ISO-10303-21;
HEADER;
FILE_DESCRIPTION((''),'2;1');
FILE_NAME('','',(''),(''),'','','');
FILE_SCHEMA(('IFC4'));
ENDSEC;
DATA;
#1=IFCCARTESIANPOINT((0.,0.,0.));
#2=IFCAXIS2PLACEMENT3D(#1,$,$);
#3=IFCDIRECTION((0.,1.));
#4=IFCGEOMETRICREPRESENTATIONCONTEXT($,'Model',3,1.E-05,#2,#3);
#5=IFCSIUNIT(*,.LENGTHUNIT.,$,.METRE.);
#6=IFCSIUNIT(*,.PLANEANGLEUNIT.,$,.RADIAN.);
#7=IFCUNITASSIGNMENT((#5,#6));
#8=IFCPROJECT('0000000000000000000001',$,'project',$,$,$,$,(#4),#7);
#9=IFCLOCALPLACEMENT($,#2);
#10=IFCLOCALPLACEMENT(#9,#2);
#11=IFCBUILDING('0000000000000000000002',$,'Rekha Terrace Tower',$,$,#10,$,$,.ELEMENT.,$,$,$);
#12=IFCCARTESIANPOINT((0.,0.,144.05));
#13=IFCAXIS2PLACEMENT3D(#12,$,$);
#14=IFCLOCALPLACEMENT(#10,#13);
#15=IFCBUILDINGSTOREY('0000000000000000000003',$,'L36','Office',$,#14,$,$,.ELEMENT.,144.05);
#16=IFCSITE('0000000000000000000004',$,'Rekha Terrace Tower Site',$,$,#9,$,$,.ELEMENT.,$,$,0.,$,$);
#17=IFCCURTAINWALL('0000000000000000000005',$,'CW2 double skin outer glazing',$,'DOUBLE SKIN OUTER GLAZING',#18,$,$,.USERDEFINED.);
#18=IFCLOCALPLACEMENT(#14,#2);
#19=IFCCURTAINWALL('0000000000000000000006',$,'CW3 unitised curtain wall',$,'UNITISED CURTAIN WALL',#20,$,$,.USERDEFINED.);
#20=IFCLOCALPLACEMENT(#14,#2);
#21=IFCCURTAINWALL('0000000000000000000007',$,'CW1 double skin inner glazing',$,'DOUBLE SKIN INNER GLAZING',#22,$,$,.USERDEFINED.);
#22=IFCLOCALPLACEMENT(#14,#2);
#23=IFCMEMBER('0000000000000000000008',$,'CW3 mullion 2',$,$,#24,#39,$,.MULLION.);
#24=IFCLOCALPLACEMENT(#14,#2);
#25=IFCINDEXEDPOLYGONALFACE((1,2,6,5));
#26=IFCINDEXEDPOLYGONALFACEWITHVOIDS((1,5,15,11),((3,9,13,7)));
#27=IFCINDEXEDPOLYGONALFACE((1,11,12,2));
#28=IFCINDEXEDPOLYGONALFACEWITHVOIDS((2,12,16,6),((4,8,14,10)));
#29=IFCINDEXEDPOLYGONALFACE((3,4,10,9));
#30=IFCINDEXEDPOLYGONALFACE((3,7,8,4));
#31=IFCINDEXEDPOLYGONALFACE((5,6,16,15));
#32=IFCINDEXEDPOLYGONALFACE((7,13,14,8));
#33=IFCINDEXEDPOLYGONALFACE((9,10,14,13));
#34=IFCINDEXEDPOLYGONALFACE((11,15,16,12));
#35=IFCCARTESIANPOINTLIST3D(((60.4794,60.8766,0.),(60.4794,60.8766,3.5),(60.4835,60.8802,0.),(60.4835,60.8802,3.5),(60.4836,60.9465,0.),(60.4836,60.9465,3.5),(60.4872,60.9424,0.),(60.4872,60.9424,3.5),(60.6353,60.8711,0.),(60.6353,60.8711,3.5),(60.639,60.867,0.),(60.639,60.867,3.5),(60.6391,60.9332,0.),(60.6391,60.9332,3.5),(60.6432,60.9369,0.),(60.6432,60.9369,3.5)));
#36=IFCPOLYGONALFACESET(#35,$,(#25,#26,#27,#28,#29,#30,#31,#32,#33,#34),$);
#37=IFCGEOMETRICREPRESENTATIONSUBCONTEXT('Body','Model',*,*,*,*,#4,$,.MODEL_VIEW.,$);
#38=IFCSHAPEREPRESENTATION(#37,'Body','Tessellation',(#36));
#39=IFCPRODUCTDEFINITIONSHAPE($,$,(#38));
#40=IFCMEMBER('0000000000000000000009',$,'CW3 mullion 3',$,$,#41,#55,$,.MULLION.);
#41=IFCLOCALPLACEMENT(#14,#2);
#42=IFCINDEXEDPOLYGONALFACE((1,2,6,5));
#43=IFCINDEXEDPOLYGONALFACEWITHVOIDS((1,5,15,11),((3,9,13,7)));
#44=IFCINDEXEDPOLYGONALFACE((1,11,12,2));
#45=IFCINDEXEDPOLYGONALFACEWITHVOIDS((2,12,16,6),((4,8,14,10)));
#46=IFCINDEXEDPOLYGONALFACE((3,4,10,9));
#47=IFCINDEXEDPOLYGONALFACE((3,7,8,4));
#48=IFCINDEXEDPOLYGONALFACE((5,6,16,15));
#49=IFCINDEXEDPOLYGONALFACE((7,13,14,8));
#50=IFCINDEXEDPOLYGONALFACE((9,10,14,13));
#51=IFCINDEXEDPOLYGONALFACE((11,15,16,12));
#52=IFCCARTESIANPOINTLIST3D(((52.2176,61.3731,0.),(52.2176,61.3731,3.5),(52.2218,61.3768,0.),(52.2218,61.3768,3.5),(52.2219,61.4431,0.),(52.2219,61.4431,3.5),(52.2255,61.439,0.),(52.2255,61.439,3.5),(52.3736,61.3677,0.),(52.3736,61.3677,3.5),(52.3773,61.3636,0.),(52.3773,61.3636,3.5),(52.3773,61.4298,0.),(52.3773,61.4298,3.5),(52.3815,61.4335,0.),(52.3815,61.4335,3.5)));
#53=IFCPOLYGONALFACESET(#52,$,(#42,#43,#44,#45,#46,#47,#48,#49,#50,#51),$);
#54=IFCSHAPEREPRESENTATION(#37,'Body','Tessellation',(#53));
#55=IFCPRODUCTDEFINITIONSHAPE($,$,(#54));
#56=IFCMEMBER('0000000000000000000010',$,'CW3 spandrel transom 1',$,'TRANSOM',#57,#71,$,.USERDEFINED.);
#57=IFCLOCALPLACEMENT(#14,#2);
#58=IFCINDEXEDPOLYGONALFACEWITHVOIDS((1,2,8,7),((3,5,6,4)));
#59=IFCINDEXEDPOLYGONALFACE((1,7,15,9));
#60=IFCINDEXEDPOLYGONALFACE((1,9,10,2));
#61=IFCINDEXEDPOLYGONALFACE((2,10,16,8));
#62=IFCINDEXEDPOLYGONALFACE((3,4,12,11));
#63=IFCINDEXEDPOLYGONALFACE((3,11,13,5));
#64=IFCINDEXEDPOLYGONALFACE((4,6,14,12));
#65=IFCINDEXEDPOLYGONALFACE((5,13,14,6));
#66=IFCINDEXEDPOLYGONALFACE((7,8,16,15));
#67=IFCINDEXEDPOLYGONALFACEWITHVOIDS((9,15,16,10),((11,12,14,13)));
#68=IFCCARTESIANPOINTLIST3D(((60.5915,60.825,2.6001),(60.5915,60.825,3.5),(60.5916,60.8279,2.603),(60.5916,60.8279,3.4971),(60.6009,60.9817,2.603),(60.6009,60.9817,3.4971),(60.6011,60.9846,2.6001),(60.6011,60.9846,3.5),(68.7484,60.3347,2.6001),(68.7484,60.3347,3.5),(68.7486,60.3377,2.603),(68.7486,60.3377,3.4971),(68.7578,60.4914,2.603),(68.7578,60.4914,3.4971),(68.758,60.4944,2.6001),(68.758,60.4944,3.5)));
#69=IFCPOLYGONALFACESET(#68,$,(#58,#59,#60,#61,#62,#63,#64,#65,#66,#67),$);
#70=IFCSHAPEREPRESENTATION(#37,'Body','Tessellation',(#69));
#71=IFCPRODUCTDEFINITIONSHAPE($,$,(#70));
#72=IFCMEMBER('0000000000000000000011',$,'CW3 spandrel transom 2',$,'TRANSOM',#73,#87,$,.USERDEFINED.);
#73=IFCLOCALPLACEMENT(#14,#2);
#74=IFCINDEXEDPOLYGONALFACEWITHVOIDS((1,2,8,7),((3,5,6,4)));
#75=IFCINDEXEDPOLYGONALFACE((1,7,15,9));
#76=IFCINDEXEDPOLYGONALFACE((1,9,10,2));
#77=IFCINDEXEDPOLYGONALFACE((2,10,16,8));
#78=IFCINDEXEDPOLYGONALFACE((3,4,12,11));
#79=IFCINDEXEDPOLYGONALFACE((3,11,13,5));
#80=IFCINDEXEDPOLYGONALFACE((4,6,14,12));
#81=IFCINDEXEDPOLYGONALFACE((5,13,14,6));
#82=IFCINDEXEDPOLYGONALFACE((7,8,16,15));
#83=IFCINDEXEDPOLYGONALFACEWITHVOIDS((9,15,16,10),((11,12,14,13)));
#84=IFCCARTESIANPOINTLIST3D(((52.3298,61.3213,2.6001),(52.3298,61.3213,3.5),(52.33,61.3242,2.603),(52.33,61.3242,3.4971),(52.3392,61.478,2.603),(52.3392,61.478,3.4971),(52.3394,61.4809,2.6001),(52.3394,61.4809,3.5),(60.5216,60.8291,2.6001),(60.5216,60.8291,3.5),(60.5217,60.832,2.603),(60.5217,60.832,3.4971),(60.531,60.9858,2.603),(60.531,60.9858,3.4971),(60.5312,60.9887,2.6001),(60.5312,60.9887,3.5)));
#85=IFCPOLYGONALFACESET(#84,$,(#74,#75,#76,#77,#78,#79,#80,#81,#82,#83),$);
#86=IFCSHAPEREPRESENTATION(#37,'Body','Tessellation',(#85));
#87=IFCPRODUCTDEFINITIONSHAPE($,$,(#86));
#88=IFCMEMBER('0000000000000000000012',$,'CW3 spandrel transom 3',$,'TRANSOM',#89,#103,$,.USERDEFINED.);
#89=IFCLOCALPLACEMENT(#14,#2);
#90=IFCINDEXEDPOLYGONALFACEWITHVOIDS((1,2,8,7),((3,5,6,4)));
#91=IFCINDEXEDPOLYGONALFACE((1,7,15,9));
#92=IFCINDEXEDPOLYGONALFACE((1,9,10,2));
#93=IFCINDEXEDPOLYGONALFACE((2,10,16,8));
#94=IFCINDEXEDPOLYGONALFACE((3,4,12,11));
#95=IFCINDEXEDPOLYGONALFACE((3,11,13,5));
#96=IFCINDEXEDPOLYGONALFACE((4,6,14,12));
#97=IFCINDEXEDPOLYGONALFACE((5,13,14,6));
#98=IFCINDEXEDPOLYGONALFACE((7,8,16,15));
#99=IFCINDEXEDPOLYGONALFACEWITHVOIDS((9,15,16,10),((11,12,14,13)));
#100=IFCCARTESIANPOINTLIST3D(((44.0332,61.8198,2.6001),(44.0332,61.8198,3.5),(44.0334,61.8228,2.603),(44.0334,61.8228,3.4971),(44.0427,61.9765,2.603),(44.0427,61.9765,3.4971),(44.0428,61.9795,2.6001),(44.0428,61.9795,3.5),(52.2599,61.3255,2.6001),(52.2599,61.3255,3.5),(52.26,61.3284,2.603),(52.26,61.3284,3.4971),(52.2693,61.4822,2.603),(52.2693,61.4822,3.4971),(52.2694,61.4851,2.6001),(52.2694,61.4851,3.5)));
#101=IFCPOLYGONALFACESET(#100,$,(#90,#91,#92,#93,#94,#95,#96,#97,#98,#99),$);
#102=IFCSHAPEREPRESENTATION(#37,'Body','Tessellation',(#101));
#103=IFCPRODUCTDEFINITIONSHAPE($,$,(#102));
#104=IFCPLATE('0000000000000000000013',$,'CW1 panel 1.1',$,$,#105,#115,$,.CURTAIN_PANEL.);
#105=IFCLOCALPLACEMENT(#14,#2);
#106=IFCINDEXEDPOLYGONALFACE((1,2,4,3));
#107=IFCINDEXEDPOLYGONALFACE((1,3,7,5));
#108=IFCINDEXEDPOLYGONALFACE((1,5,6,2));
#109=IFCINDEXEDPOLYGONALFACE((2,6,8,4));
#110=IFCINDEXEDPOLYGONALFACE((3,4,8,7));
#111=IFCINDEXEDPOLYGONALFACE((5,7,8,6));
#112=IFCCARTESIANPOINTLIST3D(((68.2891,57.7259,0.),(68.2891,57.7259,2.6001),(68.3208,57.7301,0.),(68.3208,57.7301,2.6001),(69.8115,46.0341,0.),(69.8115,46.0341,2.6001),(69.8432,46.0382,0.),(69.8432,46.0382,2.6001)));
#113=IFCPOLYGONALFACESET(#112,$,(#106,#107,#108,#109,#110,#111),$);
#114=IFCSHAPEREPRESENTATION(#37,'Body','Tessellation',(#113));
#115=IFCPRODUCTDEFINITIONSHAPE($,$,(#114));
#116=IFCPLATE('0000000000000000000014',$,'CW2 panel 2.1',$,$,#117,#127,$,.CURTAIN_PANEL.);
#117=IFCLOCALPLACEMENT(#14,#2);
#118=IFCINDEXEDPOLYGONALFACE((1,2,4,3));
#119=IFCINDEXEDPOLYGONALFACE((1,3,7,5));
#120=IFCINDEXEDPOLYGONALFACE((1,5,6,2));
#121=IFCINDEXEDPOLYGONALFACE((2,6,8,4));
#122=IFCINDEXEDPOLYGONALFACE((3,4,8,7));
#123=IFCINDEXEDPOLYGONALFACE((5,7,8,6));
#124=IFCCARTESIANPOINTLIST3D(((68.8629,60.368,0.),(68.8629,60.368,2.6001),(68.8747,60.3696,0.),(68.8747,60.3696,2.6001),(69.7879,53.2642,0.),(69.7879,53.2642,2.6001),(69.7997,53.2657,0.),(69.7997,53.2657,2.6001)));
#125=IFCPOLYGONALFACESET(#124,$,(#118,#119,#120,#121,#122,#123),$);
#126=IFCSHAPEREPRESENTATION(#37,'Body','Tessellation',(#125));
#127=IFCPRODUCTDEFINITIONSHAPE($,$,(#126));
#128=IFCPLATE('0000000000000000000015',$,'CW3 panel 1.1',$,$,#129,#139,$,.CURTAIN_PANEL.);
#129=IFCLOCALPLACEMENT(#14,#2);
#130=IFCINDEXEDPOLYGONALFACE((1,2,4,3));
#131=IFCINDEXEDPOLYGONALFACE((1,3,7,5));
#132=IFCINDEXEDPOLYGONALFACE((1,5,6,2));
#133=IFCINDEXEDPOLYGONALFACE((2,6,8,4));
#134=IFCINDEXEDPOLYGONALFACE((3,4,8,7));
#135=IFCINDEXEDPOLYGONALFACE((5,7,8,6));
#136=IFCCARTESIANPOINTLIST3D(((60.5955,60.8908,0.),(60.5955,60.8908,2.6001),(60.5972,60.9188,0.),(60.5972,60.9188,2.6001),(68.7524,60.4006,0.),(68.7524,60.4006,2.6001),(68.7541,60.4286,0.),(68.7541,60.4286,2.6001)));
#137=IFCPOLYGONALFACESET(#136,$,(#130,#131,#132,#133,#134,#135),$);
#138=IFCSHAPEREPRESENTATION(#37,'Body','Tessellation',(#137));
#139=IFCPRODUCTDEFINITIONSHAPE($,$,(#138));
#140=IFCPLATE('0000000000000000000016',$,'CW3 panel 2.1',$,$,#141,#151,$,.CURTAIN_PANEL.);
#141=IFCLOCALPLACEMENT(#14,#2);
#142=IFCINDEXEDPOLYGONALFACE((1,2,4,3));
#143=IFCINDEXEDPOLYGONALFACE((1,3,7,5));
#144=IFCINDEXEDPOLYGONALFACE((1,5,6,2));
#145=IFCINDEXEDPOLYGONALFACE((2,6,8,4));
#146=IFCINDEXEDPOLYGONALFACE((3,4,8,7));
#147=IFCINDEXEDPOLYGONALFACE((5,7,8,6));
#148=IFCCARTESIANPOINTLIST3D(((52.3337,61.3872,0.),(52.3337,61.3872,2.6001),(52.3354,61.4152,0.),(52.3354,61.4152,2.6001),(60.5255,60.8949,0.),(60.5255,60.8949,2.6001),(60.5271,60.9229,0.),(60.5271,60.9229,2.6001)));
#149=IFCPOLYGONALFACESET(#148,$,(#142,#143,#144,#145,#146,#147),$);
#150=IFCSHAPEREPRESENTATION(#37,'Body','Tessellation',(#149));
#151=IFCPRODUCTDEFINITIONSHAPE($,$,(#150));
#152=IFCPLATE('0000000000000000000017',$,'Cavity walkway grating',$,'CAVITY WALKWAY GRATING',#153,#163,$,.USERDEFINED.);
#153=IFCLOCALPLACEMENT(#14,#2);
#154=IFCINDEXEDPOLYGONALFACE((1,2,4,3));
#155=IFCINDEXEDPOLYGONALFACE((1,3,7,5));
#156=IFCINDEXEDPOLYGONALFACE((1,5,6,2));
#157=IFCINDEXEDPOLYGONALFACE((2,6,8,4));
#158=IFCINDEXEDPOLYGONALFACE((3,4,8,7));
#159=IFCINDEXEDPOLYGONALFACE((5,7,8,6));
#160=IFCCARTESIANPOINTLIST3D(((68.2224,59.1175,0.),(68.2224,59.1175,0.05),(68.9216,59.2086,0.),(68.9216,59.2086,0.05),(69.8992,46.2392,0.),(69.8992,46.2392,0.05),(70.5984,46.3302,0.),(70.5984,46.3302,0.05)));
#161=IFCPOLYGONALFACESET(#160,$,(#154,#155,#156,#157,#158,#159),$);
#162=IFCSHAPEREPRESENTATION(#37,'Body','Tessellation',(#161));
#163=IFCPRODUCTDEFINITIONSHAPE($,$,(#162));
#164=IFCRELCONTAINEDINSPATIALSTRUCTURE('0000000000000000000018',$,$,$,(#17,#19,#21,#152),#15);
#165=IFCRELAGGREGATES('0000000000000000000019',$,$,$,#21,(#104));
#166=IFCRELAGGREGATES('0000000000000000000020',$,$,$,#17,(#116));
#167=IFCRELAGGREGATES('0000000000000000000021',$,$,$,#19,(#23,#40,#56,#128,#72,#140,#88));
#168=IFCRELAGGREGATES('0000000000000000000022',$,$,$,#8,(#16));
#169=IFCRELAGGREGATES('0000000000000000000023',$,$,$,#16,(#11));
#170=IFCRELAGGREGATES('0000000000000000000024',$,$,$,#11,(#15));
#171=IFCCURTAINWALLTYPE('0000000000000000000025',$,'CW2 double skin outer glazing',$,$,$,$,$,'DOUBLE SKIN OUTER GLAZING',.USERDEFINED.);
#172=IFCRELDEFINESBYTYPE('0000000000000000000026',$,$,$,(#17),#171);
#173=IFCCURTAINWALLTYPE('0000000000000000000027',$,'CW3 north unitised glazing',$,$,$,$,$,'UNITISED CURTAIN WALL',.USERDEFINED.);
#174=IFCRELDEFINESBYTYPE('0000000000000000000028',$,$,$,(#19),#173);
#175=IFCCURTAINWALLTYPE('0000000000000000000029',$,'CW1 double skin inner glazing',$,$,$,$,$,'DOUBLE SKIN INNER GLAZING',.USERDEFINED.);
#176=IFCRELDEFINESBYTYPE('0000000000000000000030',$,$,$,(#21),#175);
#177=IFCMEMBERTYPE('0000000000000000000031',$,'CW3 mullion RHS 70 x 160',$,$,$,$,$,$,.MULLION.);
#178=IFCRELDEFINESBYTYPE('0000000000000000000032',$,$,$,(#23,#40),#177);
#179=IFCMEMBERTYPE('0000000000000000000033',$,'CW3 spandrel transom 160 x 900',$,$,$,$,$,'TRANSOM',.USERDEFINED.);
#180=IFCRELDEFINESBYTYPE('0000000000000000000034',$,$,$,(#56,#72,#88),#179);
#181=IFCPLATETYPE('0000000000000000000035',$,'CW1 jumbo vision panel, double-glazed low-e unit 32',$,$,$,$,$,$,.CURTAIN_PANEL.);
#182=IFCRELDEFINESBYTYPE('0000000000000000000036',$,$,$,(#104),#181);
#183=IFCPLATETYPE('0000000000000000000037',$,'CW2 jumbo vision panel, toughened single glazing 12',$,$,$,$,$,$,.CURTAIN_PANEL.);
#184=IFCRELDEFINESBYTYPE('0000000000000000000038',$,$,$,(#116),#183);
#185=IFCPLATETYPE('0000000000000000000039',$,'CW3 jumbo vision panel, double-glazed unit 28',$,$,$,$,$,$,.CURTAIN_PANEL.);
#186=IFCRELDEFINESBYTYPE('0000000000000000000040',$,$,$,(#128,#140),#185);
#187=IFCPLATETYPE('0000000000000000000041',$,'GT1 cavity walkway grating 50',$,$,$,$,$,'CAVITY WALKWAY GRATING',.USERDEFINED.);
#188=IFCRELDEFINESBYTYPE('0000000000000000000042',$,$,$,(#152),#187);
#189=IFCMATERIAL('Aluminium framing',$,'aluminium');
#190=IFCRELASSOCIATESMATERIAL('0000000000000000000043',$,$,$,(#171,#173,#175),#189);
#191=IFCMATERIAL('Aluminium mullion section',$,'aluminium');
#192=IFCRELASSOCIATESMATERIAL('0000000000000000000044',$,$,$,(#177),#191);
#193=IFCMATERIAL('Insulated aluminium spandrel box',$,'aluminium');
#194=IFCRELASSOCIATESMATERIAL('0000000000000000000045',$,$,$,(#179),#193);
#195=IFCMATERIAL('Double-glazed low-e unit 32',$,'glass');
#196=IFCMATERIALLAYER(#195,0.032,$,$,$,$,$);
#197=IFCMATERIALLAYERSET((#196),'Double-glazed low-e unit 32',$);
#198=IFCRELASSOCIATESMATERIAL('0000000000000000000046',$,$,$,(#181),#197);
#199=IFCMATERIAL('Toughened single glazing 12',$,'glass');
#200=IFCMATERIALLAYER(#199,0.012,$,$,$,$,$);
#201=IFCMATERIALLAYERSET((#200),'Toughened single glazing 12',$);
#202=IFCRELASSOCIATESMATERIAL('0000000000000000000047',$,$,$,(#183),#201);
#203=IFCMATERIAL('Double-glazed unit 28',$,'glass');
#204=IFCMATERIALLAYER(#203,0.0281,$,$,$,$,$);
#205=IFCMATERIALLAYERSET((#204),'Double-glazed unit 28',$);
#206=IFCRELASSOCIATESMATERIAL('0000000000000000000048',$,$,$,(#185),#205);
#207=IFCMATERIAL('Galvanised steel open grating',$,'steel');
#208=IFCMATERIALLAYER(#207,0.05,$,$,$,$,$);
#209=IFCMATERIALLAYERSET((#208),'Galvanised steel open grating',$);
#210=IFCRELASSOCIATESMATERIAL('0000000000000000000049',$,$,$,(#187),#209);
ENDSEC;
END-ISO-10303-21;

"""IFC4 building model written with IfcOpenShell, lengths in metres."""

from ifc_helpers import new_model, si_unit, direction, frame, origin, origin_2d, place, context, subcontext, project, spatial, rectangle, hollow_rectangle, extrude, material, layer, layer_set, material_profile, profile_set, type_object, element, aggregate, save


model = new_model("IFC4")

# Units and contexts
model_context = context("Model", 3, precision=1e-05, world=origin(), true_north=direction((0.0, 1.0)))
body_context = subcontext(model_context, "Body", "Model", "MODEL_VIEW")
ifc_project = project(units=[si_unit("LENGTHUNIT", "METRE"), si_unit("PLANEANGLEUNIT", "RADIAN")], contexts=[model_context])

# Site, building, storey
site_placement = place(None, origin())
site = spatial("IfcSite", under=ifc_project, at=site_placement, Name="Rekha Terrace Tower Site", CompositionType="ELEMENT", RefElevation=0.0)
building_placement = place(site_placement, origin())
building = spatial("IfcBuilding", under=site, at=building_placement, Name="Rekha Terrace Tower", CompositionType="ELEMENT")
storey_placement = place(building_placement, frame((0.0, 0.0, 144.05)))
storey = spatial("IfcBuildingStorey", under=building, at=storey_placement, Name="L36", Description="Office", CompositionType="ELEMENT", Elevation=144.05)

# Curtain wall
ifc_material_1 = material(Name="Aluminium framing", Category="aluminium")
curtain_wall_type_1 = type_object("IfcCurtainWallType", Name="CW2 double skin outer glazing", ElementType="DOUBLE SKIN OUTER GLAZING", PredefinedType="USERDEFINED", material=ifc_material_1)
curtain_wall_1_placement = place(storey_placement, origin())
curtain_wall_1 = element("IfcCurtainWall", 1, at=curtain_wall_1_placement, inside=storey, type_object=curtain_wall_type_1, Name="CW2 double skin outer glazing", ObjectType="DOUBLE SKIN OUTER GLAZING", PredefinedType="USERDEFINED")

# Curtain wall
curtain_wall_type_2 = type_object("IfcCurtainWallType", Name="CW3 north unitised glazing", ElementType="UNITISED CURTAIN WALL", PredefinedType="USERDEFINED", material=ifc_material_1)
curtain_wall_2_placement = place(storey_placement, origin())
curtain_wall_2 = element("IfcCurtainWall", 2, at=curtain_wall_2_placement, inside=storey, type_object=curtain_wall_type_2, Name="CW3 unitised curtain wall", ObjectType="UNITISED CURTAIN WALL", PredefinedType="USERDEFINED")

# Curtain wall
curtain_wall_type_3 = type_object("IfcCurtainWallType", Name="CW1 double skin inner glazing", ElementType="DOUBLE SKIN INNER GLAZING", PredefinedType="USERDEFINED", material=ifc_material_1)
curtain_wall_3_placement = place(storey_placement, origin())
curtain_wall_3 = element("IfcCurtainWall", 3, at=curtain_wall_3_placement, inside=storey, type_object=curtain_wall_type_3, Name="CW1 double skin inner glazing", ObjectType="DOUBLE SKIN INNER GLAZING", PredefinedType="USERDEFINED")
ifc_material_2 = material(Name="Aluminium mullion section", Category="aluminium")

# Members
ifc_material_3 = material(Name="Insulated aluminium spandrel box", Category="aluminium")
ifc_material_profile_1 = material_profile(ifc_material_2, hollow_rectangle(XDim=0.0701, YDim=0.1599, WallThickness=0.0039, at=origin_2d()), Name="AL RHS 70x160")
ifc_profile_set_1 = profile_set([ifc_material_profile_1], Name="Aluminium mullion section")
member_type_1 = type_object("IfcMemberType", Name="CW3 mullion RHS 70 x 160", PredefinedType="MULLION", material=ifc_profile_set_1)
member_1_placement = place(storey_placement, frame((60.5613, 60.9067, 0.0), z_axis=(0.0, 0.0, 1.0), x_axis=(-0.059988, -0.998199, 0.0)))
member_1 = element("IfcMember", 4, at=member_1_placement, type_object=member_type_1, Name="CW3 mullion 2", PredefinedType="MULLION", context=body_context, shape_type="SweptSolid", body=[
    extrude(hollow_rectangle(XDim=0.0701, YDim=0.1599, WallThickness=0.0039, at=origin_2d()), origin(), (0.0, 0.0, 1.0), 3.5),
])
member_2_placement = place(storey_placement, frame((52.2996, 61.4033, 0.0), z_axis=(0.0, 0.0, 1.0), x_axis=(-0.059988, -0.998199, 0.0)))
member_2 = element("IfcMember", 5, at=member_2_placement, type_object=member_type_1, Name="CW3 mullion 3", PredefinedType="MULLION", context=body_context, shape_type="SweptSolid", body=[
    extrude(hollow_rectangle(XDim=0.0701, YDim=0.1599, WallThickness=0.0039, at=origin_2d()), origin(), (0.0, 0.0, 1.0), 3.5),
])
ifc_material_profile_2 = material_profile(ifc_material_3, hollow_rectangle(XDim=0.1599, YDim=0.8999, WallThickness=0.0029, at=origin_2d()), Name="AL SPANDREL BOX 160x900")
ifc_profile_set_2 = profile_set([ifc_material_profile_2], Name="Insulated aluminium spandrel box")
member_type_2 = type_object("IfcMemberType", Name="CW3 spandrel transom 160 x 900", ElementType="TRANSOM", PredefinedType="USERDEFINED", material=ifc_profile_set_2)
member_3_placement = place(storey_placement, frame((68.7532, 60.4146, 3.05), z_axis=(-0.998199, 0.059992, 0.0), x_axis=(-0.059992, -0.998199, 0.0)))
member_3 = element("IfcMember", 6, at=member_3_placement, type_object=member_type_2, Name="CW3 spandrel transom 1", ObjectType="TRANSOM", PredefinedType="USERDEFINED", context=body_context, shape_type="SweptSolid", body=[
    extrude(hollow_rectangle(XDim=0.1599, YDim=0.8999, WallThickness=0.0029, at=origin_2d()), origin(), (0.0, 0.0, 1.0), 8.1716),
])
member_4_placement = place(storey_placement, frame((60.5264, 60.9089, 3.05), z_axis=(-0.9982, 0.059976, 0.0), x_axis=(-0.059976, -0.9982, 0.0)))
member_4 = element("IfcMember", 7, at=member_4_placement, type_object=member_type_2, Name="CW3 spandrel transom 2", ObjectType="TRANSOM", PredefinedType="USERDEFINED", context=body_context, shape_type="SweptSolid", body=[
    extrude(hollow_rectangle(XDim=0.1599, YDim=0.8999, WallThickness=0.0029, at=origin_2d()), origin(), (0.0, 0.0, 1.0), 8.2065),
])
member_5_placement = place(storey_placement, frame((52.2646, 61.4053, 3.05), z_axis=(-0.998199, 0.059988, 0.0), x_axis=(-0.059988, -0.998199, 0.0)))
member_5 = element("IfcMember", 8, at=member_5_placement, type_object=member_type_2, Name="CW3 spandrel transom 3", ObjectType="TRANSOM", PredefinedType="USERDEFINED", context=body_context, shape_type="SweptSolid", body=[
    extrude(hollow_rectangle(XDim=0.1599, YDim=0.8999, WallThickness=0.0029, at=origin_2d()), origin(), (0.0, 0.0, 1.0), 8.2415),
])

# Plates
ifc_material_4 = material(Name="Double-glazed low-e unit 32", Category="glass")
ifc_layer_1 = layer(ifc_material_4, 0.032)
ifc_layer_set_1 = layer_set([ifc_layer_1], Name="Double-glazed low-e unit 32")
plate_type_1 = type_object("IfcPlateType", Name="CW1 jumbo vision panel, double-glazed low-e unit 32", PredefinedType="CURTAIN_PANEL", material=ifc_layer_set_1)
plate_1_placement = place(storey_placement, frame((69.0662, 51.8821, 0.0), z_axis=(0.0, 0.0, 1.0), x_axis=(-0.129118, 0.991629, 0.0)))
plate_1 = element("IfcPlate", 9, at=plate_1_placement, type_object=plate_type_1, Name="CW1 panel 1.1", PredefinedType="CURTAIN_PANEL", context=body_context, shape_type="SweptSolid", body=[
    extrude(rectangle(XDim=11.7905, YDim=0.032, at=origin_2d()), origin(), (0.0, 0.0, 1.0), 2.6001),
])
aggregate(curtain_wall_3, [plate_1])
ifc_material_5 = material(Name="Toughened single glazing 12", Category="glass")
ifc_layer_2 = layer(ifc_material_5, 0.012)
ifc_layer_set_2 = layer_set([ifc_layer_2], Name="Toughened single glazing 12")
plate_type_2 = type_object("IfcPlateType", Name="CW2 jumbo vision panel, toughened single glazing 12", PredefinedType="CURTAIN_PANEL", material=ifc_layer_set_2)
plate_2_placement = place(storey_placement, frame((69.3313, 56.8169, 0.0), z_axis=(0.0, 0.0, 1.0), x_axis=(-0.129118, 0.991629, 0.0)))
plate_2 = element("IfcPlate", 10, at=plate_2_placement, type_object=plate_type_2, Name="CW2 panel 2.1", PredefinedType="CURTAIN_PANEL", context=body_context, shape_type="SweptSolid", body=[
    extrude(rectangle(XDim=7.1638, YDim=0.012, at=origin_2d()), origin(), (0.0, 0.0, 1.0), 2.6001),
])
aggregate(curtain_wall_1, [plate_2])
ifc_material_6 = material(Name="Double-glazed unit 28", Category="glass")
ifc_layer_3 = layer(ifc_material_6, 0.0281)
ifc_layer_set_3 = layer_set([ifc_layer_3], Name="Double-glazed unit 28")
plate_type_3 = type_object("IfcPlateType", Name="CW3 jumbo vision panel, double-glazed unit 28", PredefinedType="CURTAIN_PANEL", material=ifc_layer_set_3)
plate_3_placement = place(storey_placement, frame((64.6748, 60.6597, 0.0), z_axis=(0.0, 0.0, 1.0), x_axis=(-0.998199, 0.059988, 0.0)))
plate_3 = element("IfcPlate", 11, at=plate_3_placement, type_object=plate_type_3, Name="CW3 panel 1.1", PredefinedType="CURTAIN_PANEL", context=body_context, shape_type="SweptSolid", body=[
    extrude(rectangle(XDim=8.1716, YDim=0.0281, at=origin_2d()), origin(), (0.0, 0.0, 1.0), 2.6001),
])
plate_4_placement = place(storey_placement, frame((56.4304, 61.155, 0.0), z_axis=(0.0, 0.0, 1.0), x_axis=(-0.998199, 0.059988, 0.0)))
plate_4 = element("IfcPlate", 12, at=plate_4_placement, type_object=plate_type_3, Name="CW3 panel 2.1", PredefinedType="CURTAIN_PANEL", context=body_context, shape_type="SweptSolid", body=[
    extrude(rectangle(XDim=8.2065, YDim=0.0281, at=origin_2d()), origin(), (0.0, 0.0, 1.0), 2.6001),
])
aggregate(curtain_wall_2, [member_1, member_2, member_3, plate_3, member_4, plate_4, member_5])
ifc_material_7 = material(Name="Galvanised steel open grating", Category="steel")
ifc_layer_4 = layer(ifc_material_7, 0.05)
ifc_layer_set_4 = layer_set([ifc_layer_4], Name="Galvanised steel open grating")
plate_type_4 = type_object("IfcPlateType", Name="GT1 cavity walkway grating 50", ElementType="CAVITY WALKWAY GRATING", PredefinedType="USERDEFINED", material=ifc_layer_set_4)
plate_5_placement = place(storey_placement, frame((69.4104, 52.7239, 0.0), z_axis=(0.0, 0.0, 1.0), x_axis=(-0.129118, 0.991629, 0.0)))
element("IfcPlate", 13, at=plate_5_placement, inside=storey, type_object=plate_type_4, Name="Cavity walkway grating", ObjectType="CAVITY WALKWAY GRATING", PredefinedType="USERDEFINED", context=body_context, shape_type="SweptSolid", body=[
    extrude(rectangle(XDim=12.9871, YDim=0.7051, at=origin_2d()), origin(), (0.0, 0.0, 1.0), 0.05),
])

save(model, "model.ifc")
